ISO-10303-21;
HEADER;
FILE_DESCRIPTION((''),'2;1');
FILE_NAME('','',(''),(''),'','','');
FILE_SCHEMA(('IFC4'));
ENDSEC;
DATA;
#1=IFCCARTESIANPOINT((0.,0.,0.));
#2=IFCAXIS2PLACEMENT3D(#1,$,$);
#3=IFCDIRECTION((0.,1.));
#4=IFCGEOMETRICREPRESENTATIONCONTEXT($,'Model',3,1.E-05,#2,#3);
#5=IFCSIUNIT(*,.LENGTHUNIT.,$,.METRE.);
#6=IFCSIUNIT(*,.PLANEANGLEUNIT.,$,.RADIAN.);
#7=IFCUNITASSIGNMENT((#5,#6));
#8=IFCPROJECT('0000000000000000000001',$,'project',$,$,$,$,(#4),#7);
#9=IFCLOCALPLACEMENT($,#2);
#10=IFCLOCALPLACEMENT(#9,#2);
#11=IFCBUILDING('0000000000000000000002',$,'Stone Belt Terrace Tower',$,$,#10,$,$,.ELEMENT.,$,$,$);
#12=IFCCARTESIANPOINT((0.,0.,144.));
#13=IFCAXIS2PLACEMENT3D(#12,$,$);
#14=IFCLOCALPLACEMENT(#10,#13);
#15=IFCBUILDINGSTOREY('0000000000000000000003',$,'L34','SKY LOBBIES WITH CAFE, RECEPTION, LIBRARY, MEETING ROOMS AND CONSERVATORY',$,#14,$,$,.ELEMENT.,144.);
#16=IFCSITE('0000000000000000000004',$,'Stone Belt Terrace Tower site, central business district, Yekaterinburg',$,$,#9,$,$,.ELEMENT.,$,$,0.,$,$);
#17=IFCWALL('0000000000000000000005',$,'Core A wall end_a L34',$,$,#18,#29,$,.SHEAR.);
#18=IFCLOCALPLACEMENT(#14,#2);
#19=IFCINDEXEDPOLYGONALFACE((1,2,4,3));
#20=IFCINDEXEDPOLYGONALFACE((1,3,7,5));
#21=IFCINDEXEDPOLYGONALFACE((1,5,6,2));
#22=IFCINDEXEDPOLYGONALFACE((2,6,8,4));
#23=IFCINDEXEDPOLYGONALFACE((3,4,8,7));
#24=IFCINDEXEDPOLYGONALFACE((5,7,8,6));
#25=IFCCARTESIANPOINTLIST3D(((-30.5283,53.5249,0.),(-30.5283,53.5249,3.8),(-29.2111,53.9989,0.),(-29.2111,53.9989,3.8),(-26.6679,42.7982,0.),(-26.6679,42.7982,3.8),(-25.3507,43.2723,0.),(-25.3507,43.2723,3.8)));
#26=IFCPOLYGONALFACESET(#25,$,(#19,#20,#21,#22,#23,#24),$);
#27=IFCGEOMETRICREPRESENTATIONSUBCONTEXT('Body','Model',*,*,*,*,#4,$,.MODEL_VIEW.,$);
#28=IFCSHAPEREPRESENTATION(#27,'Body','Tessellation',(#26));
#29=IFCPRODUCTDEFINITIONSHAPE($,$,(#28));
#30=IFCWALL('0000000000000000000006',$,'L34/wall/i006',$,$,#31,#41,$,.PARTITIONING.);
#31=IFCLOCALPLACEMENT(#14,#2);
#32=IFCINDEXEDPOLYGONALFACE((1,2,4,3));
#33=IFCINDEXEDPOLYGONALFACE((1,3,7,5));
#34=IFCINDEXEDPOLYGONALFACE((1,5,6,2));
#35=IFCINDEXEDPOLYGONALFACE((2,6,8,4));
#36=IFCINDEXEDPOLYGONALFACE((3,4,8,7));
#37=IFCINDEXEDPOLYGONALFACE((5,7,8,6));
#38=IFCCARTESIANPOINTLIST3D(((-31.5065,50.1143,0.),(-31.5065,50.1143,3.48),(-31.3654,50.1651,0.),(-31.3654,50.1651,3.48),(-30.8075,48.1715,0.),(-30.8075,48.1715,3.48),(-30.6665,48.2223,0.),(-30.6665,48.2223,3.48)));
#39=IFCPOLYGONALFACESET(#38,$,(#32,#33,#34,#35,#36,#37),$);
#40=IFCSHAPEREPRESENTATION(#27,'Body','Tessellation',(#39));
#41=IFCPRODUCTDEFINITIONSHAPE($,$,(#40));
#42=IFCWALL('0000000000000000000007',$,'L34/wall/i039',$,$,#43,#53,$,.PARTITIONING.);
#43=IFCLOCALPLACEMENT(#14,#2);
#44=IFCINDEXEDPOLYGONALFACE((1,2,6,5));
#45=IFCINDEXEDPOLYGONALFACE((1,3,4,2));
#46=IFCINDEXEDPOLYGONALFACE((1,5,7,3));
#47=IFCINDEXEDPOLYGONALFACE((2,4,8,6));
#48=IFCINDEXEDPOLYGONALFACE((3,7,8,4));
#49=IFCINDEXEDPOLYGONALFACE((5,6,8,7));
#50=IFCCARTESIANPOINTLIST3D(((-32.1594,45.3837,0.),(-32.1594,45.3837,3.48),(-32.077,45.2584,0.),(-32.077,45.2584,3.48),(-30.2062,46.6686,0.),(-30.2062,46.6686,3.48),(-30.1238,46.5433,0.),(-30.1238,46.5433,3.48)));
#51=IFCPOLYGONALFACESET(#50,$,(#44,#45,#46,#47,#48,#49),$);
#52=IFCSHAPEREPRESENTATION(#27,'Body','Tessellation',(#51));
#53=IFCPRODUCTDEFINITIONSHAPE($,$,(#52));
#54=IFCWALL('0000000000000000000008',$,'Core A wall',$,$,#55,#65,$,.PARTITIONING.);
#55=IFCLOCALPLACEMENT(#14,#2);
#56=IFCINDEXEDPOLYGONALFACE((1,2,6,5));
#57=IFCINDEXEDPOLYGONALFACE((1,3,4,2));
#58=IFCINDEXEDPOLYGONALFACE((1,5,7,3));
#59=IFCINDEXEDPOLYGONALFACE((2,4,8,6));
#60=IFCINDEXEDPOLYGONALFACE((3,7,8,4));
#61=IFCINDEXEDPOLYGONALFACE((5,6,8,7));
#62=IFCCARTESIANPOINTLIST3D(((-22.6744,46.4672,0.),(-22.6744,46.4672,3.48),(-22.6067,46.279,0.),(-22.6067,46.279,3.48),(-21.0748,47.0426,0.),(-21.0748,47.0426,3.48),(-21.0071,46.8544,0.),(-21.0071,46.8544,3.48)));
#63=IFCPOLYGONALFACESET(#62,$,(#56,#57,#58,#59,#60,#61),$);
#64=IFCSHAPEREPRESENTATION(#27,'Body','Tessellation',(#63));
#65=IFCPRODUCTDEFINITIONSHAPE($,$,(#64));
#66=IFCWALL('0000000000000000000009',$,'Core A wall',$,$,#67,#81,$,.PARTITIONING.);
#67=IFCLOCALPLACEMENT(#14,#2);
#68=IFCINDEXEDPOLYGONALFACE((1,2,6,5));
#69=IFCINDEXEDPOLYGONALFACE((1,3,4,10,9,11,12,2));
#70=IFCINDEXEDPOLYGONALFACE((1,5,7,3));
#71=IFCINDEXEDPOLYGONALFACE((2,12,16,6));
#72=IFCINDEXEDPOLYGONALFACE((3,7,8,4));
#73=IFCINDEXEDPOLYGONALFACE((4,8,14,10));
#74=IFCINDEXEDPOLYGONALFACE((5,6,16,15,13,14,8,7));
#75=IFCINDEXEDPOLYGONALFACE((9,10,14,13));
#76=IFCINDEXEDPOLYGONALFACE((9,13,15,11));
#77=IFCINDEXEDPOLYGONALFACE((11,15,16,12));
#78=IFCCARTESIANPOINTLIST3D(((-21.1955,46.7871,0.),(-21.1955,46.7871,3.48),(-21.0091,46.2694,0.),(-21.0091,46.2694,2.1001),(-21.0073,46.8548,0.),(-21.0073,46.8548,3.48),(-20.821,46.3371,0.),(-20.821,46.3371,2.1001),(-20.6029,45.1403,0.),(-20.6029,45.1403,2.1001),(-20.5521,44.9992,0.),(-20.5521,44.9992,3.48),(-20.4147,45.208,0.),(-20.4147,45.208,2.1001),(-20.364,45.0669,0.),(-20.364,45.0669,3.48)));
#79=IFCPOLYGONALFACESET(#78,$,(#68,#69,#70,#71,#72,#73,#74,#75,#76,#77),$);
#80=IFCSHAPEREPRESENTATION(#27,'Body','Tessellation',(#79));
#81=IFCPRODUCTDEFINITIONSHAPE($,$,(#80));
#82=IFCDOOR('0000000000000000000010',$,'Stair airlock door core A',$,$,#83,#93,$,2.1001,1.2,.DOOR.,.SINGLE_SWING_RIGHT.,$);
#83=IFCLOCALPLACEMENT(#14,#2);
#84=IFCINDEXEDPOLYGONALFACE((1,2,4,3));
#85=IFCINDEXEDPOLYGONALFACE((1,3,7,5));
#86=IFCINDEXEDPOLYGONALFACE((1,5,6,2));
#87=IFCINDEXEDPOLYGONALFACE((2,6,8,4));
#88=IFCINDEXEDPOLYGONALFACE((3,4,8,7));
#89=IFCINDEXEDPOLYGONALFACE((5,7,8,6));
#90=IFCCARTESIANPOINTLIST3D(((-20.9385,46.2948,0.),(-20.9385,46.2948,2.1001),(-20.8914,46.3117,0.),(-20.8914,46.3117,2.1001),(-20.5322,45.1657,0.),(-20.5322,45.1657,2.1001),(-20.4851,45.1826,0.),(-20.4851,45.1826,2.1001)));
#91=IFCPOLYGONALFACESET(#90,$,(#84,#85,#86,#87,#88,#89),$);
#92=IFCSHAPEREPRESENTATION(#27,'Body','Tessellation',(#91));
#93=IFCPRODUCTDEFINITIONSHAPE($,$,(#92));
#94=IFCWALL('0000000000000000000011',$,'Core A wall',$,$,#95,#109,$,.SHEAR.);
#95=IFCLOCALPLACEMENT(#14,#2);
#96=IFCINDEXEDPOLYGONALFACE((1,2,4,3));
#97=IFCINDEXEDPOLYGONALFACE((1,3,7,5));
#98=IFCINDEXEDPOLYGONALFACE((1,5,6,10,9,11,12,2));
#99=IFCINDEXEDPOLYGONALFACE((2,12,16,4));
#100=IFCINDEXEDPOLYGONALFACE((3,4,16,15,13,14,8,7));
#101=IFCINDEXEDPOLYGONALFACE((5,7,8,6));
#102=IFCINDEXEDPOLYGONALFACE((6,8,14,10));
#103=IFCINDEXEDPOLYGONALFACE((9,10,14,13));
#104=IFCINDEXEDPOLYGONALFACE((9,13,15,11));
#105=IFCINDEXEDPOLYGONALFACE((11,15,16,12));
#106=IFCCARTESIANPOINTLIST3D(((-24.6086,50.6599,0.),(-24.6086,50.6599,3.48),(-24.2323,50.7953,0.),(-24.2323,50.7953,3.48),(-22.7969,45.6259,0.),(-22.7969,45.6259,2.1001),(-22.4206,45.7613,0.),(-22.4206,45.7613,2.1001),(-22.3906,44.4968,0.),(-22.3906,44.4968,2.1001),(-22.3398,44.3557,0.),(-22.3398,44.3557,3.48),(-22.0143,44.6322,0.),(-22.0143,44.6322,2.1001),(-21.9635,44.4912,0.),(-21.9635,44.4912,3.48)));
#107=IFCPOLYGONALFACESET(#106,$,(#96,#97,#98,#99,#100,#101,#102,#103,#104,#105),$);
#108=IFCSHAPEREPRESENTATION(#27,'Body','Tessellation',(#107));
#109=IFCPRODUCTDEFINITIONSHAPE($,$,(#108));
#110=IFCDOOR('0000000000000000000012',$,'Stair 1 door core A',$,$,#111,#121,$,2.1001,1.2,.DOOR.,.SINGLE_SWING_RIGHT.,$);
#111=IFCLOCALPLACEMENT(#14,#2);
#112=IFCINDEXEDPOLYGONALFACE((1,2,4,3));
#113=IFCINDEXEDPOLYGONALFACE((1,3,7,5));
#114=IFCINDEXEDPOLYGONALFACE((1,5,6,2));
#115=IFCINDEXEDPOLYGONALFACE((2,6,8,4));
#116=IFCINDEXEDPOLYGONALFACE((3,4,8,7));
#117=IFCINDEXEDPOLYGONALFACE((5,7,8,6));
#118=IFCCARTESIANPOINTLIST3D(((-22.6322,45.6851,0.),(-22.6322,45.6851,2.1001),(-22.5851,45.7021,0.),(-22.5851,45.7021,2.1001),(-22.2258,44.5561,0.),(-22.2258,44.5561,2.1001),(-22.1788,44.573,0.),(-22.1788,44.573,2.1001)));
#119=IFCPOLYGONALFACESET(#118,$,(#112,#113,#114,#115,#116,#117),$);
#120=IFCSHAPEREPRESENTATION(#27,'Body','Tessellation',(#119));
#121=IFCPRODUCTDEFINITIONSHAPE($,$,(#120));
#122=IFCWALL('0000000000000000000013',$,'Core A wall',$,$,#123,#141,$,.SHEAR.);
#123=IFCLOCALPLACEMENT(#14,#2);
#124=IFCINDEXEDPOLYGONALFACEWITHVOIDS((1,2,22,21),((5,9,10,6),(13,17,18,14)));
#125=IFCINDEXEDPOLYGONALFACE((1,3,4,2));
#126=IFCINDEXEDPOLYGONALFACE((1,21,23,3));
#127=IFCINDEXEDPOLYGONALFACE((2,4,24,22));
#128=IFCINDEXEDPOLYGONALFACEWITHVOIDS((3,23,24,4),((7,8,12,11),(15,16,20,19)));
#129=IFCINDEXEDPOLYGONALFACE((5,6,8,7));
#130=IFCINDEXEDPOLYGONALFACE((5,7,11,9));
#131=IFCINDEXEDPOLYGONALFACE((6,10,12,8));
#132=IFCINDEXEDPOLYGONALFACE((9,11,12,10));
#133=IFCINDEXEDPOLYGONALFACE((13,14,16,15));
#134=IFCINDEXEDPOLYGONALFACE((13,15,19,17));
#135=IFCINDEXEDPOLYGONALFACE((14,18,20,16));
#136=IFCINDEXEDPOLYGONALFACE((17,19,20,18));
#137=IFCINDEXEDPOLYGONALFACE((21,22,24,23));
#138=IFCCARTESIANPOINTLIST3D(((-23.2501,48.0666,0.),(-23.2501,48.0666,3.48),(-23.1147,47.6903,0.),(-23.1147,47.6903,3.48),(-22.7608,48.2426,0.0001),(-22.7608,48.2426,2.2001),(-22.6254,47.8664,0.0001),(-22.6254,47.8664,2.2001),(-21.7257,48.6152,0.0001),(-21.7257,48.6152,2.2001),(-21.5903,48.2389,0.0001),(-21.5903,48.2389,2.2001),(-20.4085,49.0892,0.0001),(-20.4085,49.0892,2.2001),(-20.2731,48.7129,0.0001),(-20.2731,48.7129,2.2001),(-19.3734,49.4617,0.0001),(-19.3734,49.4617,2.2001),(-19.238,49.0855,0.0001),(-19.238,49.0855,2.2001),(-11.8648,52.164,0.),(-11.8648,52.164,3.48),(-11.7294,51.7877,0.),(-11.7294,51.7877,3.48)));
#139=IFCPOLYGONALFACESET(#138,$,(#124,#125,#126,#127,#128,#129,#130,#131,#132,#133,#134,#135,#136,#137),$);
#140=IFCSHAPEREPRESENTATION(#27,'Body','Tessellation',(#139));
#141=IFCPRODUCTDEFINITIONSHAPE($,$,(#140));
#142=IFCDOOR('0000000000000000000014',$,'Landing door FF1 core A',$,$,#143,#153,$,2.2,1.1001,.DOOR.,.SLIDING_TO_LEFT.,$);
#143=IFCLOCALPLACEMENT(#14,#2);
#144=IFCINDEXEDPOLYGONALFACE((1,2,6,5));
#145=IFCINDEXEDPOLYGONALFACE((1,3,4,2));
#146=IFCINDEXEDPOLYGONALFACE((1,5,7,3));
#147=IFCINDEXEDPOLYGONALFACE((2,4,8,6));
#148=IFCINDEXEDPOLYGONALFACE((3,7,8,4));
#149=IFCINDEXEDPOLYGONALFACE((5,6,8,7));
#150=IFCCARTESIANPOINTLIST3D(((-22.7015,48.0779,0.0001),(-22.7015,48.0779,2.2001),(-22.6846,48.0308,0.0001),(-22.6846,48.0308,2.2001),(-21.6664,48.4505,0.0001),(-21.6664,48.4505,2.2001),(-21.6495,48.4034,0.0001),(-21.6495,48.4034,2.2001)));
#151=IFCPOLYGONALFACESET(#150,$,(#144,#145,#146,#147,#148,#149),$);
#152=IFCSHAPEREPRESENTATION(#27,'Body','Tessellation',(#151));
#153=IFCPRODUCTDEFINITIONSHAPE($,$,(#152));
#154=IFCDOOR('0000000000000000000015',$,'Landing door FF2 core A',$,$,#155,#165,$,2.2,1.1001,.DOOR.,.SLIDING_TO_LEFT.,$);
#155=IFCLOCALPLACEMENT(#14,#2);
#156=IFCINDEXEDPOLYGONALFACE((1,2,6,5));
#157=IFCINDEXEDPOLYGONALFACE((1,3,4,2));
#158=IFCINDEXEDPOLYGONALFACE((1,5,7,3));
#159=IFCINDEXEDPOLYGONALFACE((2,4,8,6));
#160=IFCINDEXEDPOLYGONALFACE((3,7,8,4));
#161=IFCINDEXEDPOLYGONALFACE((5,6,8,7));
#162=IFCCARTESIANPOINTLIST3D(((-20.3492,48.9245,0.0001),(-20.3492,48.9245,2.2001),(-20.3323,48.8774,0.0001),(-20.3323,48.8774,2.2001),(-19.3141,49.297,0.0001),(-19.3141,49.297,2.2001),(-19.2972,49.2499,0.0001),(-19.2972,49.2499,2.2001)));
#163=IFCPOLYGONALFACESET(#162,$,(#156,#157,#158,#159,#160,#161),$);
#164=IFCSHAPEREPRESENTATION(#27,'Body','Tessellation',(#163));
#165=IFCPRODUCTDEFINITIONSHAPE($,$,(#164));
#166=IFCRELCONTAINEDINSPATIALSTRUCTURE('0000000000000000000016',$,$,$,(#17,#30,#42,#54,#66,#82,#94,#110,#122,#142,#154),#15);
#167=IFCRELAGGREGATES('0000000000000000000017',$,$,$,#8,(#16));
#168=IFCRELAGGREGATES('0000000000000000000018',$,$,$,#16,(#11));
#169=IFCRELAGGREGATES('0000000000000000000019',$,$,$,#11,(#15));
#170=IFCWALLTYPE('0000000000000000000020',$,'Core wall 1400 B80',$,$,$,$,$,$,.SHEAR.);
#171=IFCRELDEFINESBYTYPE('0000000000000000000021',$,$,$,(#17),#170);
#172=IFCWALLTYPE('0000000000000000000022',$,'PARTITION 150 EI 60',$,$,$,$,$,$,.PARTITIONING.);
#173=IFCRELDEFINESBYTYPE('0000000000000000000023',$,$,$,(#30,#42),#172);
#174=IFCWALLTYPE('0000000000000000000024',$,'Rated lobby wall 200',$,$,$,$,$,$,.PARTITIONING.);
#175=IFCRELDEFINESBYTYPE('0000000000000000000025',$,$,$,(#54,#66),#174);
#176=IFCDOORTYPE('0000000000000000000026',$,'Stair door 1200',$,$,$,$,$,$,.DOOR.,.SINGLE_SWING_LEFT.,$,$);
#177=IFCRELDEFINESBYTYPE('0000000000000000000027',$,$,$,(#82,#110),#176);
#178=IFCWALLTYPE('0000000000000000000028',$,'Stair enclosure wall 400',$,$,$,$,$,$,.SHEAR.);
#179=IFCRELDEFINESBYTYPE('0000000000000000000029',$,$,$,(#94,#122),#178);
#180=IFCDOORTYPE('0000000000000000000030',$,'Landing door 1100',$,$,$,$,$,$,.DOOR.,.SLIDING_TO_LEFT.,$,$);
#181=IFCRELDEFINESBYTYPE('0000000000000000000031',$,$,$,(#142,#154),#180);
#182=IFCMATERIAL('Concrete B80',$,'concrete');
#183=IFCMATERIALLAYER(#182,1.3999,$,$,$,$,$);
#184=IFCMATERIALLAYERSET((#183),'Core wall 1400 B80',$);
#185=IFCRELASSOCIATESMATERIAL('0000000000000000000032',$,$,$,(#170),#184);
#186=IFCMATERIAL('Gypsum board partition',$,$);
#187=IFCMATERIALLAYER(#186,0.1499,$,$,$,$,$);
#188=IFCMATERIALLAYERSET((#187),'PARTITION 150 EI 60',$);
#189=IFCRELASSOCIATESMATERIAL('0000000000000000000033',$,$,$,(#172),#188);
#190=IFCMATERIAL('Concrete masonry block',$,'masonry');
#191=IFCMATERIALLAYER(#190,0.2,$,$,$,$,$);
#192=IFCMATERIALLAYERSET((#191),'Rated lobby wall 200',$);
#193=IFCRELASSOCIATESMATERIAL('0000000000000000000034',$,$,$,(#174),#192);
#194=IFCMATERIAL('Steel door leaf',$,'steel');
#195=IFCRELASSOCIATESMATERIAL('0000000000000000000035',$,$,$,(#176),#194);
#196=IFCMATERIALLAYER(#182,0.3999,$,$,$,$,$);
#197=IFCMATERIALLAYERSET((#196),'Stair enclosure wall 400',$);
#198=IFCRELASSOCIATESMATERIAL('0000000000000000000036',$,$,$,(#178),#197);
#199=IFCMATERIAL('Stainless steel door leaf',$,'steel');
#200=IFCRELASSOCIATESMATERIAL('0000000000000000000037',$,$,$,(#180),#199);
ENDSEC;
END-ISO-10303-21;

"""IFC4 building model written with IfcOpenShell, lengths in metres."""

from ifc_helpers import new_model, si_unit, direction, frame, frame_2d, origin, place, context, subcontext, project, spatial, rectangle, extrude, material, layer, layer_set, type_object, element, fill, save


model = new_model("IFC4")

# Units and contexts
model_context = context("Model", 3, precision=1e-05, world=origin(), true_north=direction((0.0, 1.0)))
body_context = subcontext(model_context, "Body", "Model", "MODEL_VIEW")
ifc_project = project(units=[si_unit("LENGTHUNIT", "METRE"), si_unit("PLANEANGLEUNIT", "RADIAN")], contexts=[model_context])

# Site, building, storey
site_placement = place(None, origin())
site = spatial("IfcSite", under=ifc_project, at=site_placement, Name="Stone Belt Terrace Tower site, central business district, Yekaterinburg", CompositionType="ELEMENT", RefElevation=0.0)
building_placement = place(site_placement, origin())
building = spatial("IfcBuilding", under=site, at=building_placement, Name="Stone Belt Terrace Tower", CompositionType="ELEMENT")
storey_placement = place(building_placement, frame((0.0, 0.0, 144.0)))
storey = spatial("IfcBuildingStorey", under=building, at=storey_placement, Name="L34", Description="SKY LOBBIES WITH CAFE, RECEPTION, LIBRARY, MEETING ROOMS AND CONSERVATORY", CompositionType="ELEMENT", Elevation=144.0)

# Walls
ifc_material_1 = material(Name="Concrete B80", Category="concrete")
ifc_layer_1 = layer(ifc_material_1, 1.3999)
ifc_layer_set_1 = layer_set([ifc_layer_1], Name="Core wall 1400 B80")
wall_type_1 = type_object("IfcWallType", Name="Core wall 1400 B80", PredefinedType="SHEAR", material=ifc_layer_set_1)
wall_1_placement = place(storey_placement, frame((-26.0093, 43.0352, 0.0), z_axis=(0.0, 0.0, 1.0), x_axis=(-0.338625, 0.940921, 0.0)))
element("IfcWall", 1, at=wall_1_placement, inside=storey, type_object=wall_type_1, Name="Core A wall end_a L34", PredefinedType="SHEAR", context=body_context, shape_type="SweptSolid", body=[
    extrude(rectangle(XDim=11.4001, YDim=1.3999, at=frame_2d((5.7002, 0.0))), origin(), (0.0, 0.0, 1.0), 3.8),
])
ifc_material_2 = material(Name="Gypsum board partition")
ifc_layer_2 = layer(ifc_material_2, 0.1499)
ifc_layer_set_2 = layer_set([ifc_layer_2], Name="PARTITION 150 EI 60")
wall_type_2 = type_object("IfcWallType", Name="PARTITION 150 EI 60", PredefinedType="PARTITIONING", material=ifc_layer_set_2)
wall_2_placement = place(storey_placement, frame((-30.7371, 48.197, 0.0), z_axis=(0.0, 0.0, 1.0), x_axis=(-0.338523, 0.940958, 0.0)))
element("IfcWall", 2, at=wall_2_placement, inside=storey, type_object=wall_type_2, Name="L34/wall/i006", PredefinedType="PARTITIONING", context=body_context, shape_type="SweptSolid", body=[
    extrude(rectangle(XDim=2.0647, YDim=0.1499, at=frame_2d((1.0322, 0.0))), origin(), (0.0, 0.0, 1.0), 3.48),
])
wall_3_placement = place(storey_placement, frame((-30.165, 46.606, 0.0), z_axis=(0.0, 0.0, 1.0), x_axis=(-0.835425, -0.549605, 0.0)))
element("IfcWall", 3, at=wall_3_placement, inside=storey, type_object=wall_type_2, Name="L34/wall/i039", PredefinedType="PARTITIONING", context=body_context, shape_type="SweptSolid", body=[
    extrude(rectangle(XDim=2.3379, YDim=0.1499, at=frame_2d((1.1689, 0.0))), origin(), (0.0, 0.0, 1.0), 3.48),
])
ifc_material_3 = material(Name="Concrete masonry block", Category="masonry")
ifc_layer_3 = layer(ifc_material_3, 0.2)
ifc_layer_set_3 = layer_set([ifc_layer_3], Name="Rated lobby wall 200")
wall_type_3 = type_object("IfcWallType", Name="Rated lobby wall 200", PredefinedType="PARTITIONING", material=ifc_layer_set_3)
wall_4_placement = place(storey_placement, frame((-22.6406, 46.373, 0.0), z_axis=(0.0, 0.0, 1.0), x_axis=(0.940966, 0.338501, 0.0)))
element("IfcWall", 4, at=wall_4_placement, inside=storey, type_object=wall_type_3, Name="Core A wall", PredefinedType="PARTITIONING", context=body_context, shape_type="SweptSolid", body=[
    extrude(rectangle(XDim=1.7, YDim=0.2, at=frame_2d((0.8501, 0.0))), origin(), (0.0, 0.0, 1.0), 3.48),
])

# Walls, openings, doors
wall_5_placement = place(storey_placement, frame((-20.458, 45.033, 0.0), z_axis=(0.0, 0.0, 1.0), x_axis=(-0.338574, 0.94094, 0.0)))
wall_5 = element("IfcWall", 5, at=wall_5_placement, inside=storey, type_object=wall_type_3, Name="Core A wall", PredefinedType="PARTITIONING", context=body_context, shape_type="SweptSolid", body=[
    extrude(rectangle(XDim=1.9001, YDim=0.2, at=frame_2d((0.9502, 0.0))), origin(), (0.0, 0.0, 1.0), 3.48),
])
opening_1_placement = place(wall_5_placement, frame((0.1499, 0.0, 0.0)))
opening_1 = element("IfcOpeningElement", 6, at=opening_1_placement, cuts=wall_5, PredefinedType="OPENING", context=body_context, shape_type="SweptSolid", body=[
    extrude(rectangle(XDim=1.2, YDim=2.1001, at=frame_2d((0.6001, 1.05))), frame((0.0, 0.1099, 0.0), z_axis=(0.0, -1.0, 0.0), x_axis=(1.0, 0.0, 0.0)), (0.0, 0.0, 1.0), 0.22),
])
ifc_material_4 = material(Name="Steel door leaf", Category="steel")
door_type_1 = type_object("IfcDoorType", Name="Stair door 1200", OperationType="SINGLE_SWING_LEFT", PredefinedType="DOOR", material=ifc_material_4)
door_1_placement = place(opening_1_placement, origin())
door_1 = element("IfcDoor", 7, at=door_1_placement, inside=storey, type_object=door_type_1, Name="Stair airlock door core A", OperationType="SINGLE_SWING_RIGHT", OverallHeight=2.1001, OverallWidth=1.2, PredefinedType="DOOR", context=body_context, shape_type="SweptSolid", body=[
    extrude(rectangle(XDim=1.2, YDim=2.1001, at=frame_2d((0.6001, 1.05))), frame((0.0, 0.0249, 0.0), z_axis=(0.0, -1.0, 0.0), x_axis=(1.0, 0.0, 0.0)), (0.0, 0.0, 1.0), 0.05),
])
fill(opening_1, door_1)
ifc_layer_4 = layer(ifc_material_1, 0.3999)
ifc_layer_set_4 = layer_set([ifc_layer_4], Name="Stair enclosure wall 400")
wall_type_4 = type_object("IfcWallType", Name="Stair enclosure wall 400", PredefinedType="SHEAR", material=ifc_layer_set_4)
wall_6_placement = place(storey_placement, frame((-22.1516, 44.4233, 0.0), z_axis=(0.0, 0.0, 1.0), x_axis=(-0.338625, 0.940921, 0.0)))
wall_6 = element("IfcWall", 8, at=wall_6_placement, inside=storey, type_object=wall_type_4, Name="Core A wall", PredefinedType="SHEAR", context=body_context, shape_type="SweptSolid", body=[
    extrude(rectangle(XDim=6.7, YDim=0.3999, at=frame_2d((3.3501, 0.0))), origin(), (0.0, 0.0, 1.0), 3.48),
])
opening_2_placement = place(wall_6_placement, frame((0.1499, 0.0, 0.0)))
opening_2 = element("IfcOpeningElement", 9, at=opening_2_placement, cuts=wall_6, PredefinedType="OPENING", context=body_context, shape_type="SweptSolid", body=[
    extrude(rectangle(XDim=1.2, YDim=2.1001, at=frame_2d((0.6001, 1.05))), frame((0.0, 0.21, 0.0), z_axis=(0.0, -1.0, 0.0), x_axis=(1.0, 0.0, 0.0)), (0.0, 0.0, 1.0), 0.4199),
])
door_2_placement = place(opening_2_placement, origin())
door_2 = element("IfcDoor", 10, at=door_2_placement, inside=storey, type_object=door_type_1, Name="Stair 1 door core A", OperationType="SINGLE_SWING_RIGHT", OverallHeight=2.1001, OverallWidth=1.2, PredefinedType="DOOR", context=body_context, shape_type="SweptSolid", body=[
    extrude(rectangle(XDim=1.2, YDim=2.1001, at=frame_2d((0.6001, 1.05))), frame((0.0, 0.0249, 0.0), z_axis=(0.0, -1.0, 0.0), x_axis=(1.0, 0.0, 0.0)), (0.0, 0.0, 1.0), 0.05),
])
fill(opening_2, door_2)

# Wall, openings, doors
wall_7_placement = place(storey_placement, frame((-23.1824, 47.8784, 0.0), z_axis=(0.0, 0.0, 1.0), x_axis=(0.940921, 0.338626, 0.0)))
wall_7 = element("IfcWall", 11, at=wall_7_placement, inside=storey, type_object=wall_type_4, Name="Core A wall", PredefinedType="SHEAR", context=body_context, shape_type="SweptSolid", body=[
    extrude(rectangle(XDim=12.1001, YDim=0.3999, at=frame_2d((6.05, 0.0))), origin(), (0.0, 0.0, 1.0), 3.48),
])
opening_3_placement = place(wall_7_placement, frame((0.52, 0.0, 0.0)))
opening_3 = element("IfcOpeningElement", 12, at=opening_3_placement, cuts=wall_7, PredefinedType="OPENING", context=body_context, shape_type="SweptSolid", body=[
    extrude(rectangle(XDim=1.1001, YDim=2.2, at=frame_2d((0.55, 1.1001))), frame((0.0, 0.21, 0.0), z_axis=(0.0, -1.0, 0.0), x_axis=(1.0, 0.0, 0.0)), (0.0, 0.0, 1.0), 0.4199),
])
opening_4_placement = place(wall_7_placement, frame((3.02, 0.0, 0.0)))
opening_4 = element("IfcOpeningElement", 13, at=opening_4_placement, cuts=wall_7, PredefinedType="OPENING", context=body_context, shape_type="SweptSolid", body=[
    extrude(rectangle(XDim=1.1001, YDim=2.2, at=frame_2d((0.55, 1.1001))), frame((0.0, 0.21, 0.0), z_axis=(0.0, -1.0, 0.0), x_axis=(1.0, 0.0, 0.0)), (0.0, 0.0, 1.0), 0.4199),
])
ifc_material_5 = material(Name="Stainless steel door leaf", Category="steel")
door_type_2 = type_object("IfcDoorType", Name="Landing door 1100", OperationType="SLIDING_TO_LEFT", PredefinedType="DOOR", material=ifc_material_5)
door_3_placement = place(opening_3_placement, origin())
door_3 = element("IfcDoor", 14, at=door_3_placement, inside=storey, type_object=door_type_2, Name="Landing door FF1 core A", OperationType="SLIDING_TO_LEFT", OverallHeight=2.2, OverallWidth=1.1001, PredefinedType="DOOR", context=body_context, shape_type="SweptSolid", body=[
    extrude(rectangle(XDim=1.1001, YDim=2.2, at=frame_2d((0.55, 1.1001))), frame((0.0, 0.0249, 0.0), z_axis=(0.0, -1.0, 0.0), x_axis=(1.0, 0.0, 0.0)), (0.0, 0.0, 1.0), 0.05),
])
fill(opening_3, door_3)
door_4_placement = place(opening_4_placement, origin())
door_4 = element("IfcDoor", 15, at=door_4_placement, inside=storey, type_object=door_type_2, Name="Landing door FF2 core A", OperationType="SLIDING_TO_LEFT", OverallHeight=2.2, OverallWidth=1.1001, PredefinedType="DOOR", context=body_context, shape_type="SweptSolid", body=[
    extrude(rectangle(XDim=1.1001, YDim=2.2, at=frame_2d((0.55, 1.1001))), frame((0.0, 0.0249, 0.0), z_axis=(0.0, -1.0, 0.0), x_axis=(1.0, 0.0, 0.0)), (0.0, 0.0, 1.0), 0.05),
])
fill(opening_4, door_4)

save(model, "model.ifc")
